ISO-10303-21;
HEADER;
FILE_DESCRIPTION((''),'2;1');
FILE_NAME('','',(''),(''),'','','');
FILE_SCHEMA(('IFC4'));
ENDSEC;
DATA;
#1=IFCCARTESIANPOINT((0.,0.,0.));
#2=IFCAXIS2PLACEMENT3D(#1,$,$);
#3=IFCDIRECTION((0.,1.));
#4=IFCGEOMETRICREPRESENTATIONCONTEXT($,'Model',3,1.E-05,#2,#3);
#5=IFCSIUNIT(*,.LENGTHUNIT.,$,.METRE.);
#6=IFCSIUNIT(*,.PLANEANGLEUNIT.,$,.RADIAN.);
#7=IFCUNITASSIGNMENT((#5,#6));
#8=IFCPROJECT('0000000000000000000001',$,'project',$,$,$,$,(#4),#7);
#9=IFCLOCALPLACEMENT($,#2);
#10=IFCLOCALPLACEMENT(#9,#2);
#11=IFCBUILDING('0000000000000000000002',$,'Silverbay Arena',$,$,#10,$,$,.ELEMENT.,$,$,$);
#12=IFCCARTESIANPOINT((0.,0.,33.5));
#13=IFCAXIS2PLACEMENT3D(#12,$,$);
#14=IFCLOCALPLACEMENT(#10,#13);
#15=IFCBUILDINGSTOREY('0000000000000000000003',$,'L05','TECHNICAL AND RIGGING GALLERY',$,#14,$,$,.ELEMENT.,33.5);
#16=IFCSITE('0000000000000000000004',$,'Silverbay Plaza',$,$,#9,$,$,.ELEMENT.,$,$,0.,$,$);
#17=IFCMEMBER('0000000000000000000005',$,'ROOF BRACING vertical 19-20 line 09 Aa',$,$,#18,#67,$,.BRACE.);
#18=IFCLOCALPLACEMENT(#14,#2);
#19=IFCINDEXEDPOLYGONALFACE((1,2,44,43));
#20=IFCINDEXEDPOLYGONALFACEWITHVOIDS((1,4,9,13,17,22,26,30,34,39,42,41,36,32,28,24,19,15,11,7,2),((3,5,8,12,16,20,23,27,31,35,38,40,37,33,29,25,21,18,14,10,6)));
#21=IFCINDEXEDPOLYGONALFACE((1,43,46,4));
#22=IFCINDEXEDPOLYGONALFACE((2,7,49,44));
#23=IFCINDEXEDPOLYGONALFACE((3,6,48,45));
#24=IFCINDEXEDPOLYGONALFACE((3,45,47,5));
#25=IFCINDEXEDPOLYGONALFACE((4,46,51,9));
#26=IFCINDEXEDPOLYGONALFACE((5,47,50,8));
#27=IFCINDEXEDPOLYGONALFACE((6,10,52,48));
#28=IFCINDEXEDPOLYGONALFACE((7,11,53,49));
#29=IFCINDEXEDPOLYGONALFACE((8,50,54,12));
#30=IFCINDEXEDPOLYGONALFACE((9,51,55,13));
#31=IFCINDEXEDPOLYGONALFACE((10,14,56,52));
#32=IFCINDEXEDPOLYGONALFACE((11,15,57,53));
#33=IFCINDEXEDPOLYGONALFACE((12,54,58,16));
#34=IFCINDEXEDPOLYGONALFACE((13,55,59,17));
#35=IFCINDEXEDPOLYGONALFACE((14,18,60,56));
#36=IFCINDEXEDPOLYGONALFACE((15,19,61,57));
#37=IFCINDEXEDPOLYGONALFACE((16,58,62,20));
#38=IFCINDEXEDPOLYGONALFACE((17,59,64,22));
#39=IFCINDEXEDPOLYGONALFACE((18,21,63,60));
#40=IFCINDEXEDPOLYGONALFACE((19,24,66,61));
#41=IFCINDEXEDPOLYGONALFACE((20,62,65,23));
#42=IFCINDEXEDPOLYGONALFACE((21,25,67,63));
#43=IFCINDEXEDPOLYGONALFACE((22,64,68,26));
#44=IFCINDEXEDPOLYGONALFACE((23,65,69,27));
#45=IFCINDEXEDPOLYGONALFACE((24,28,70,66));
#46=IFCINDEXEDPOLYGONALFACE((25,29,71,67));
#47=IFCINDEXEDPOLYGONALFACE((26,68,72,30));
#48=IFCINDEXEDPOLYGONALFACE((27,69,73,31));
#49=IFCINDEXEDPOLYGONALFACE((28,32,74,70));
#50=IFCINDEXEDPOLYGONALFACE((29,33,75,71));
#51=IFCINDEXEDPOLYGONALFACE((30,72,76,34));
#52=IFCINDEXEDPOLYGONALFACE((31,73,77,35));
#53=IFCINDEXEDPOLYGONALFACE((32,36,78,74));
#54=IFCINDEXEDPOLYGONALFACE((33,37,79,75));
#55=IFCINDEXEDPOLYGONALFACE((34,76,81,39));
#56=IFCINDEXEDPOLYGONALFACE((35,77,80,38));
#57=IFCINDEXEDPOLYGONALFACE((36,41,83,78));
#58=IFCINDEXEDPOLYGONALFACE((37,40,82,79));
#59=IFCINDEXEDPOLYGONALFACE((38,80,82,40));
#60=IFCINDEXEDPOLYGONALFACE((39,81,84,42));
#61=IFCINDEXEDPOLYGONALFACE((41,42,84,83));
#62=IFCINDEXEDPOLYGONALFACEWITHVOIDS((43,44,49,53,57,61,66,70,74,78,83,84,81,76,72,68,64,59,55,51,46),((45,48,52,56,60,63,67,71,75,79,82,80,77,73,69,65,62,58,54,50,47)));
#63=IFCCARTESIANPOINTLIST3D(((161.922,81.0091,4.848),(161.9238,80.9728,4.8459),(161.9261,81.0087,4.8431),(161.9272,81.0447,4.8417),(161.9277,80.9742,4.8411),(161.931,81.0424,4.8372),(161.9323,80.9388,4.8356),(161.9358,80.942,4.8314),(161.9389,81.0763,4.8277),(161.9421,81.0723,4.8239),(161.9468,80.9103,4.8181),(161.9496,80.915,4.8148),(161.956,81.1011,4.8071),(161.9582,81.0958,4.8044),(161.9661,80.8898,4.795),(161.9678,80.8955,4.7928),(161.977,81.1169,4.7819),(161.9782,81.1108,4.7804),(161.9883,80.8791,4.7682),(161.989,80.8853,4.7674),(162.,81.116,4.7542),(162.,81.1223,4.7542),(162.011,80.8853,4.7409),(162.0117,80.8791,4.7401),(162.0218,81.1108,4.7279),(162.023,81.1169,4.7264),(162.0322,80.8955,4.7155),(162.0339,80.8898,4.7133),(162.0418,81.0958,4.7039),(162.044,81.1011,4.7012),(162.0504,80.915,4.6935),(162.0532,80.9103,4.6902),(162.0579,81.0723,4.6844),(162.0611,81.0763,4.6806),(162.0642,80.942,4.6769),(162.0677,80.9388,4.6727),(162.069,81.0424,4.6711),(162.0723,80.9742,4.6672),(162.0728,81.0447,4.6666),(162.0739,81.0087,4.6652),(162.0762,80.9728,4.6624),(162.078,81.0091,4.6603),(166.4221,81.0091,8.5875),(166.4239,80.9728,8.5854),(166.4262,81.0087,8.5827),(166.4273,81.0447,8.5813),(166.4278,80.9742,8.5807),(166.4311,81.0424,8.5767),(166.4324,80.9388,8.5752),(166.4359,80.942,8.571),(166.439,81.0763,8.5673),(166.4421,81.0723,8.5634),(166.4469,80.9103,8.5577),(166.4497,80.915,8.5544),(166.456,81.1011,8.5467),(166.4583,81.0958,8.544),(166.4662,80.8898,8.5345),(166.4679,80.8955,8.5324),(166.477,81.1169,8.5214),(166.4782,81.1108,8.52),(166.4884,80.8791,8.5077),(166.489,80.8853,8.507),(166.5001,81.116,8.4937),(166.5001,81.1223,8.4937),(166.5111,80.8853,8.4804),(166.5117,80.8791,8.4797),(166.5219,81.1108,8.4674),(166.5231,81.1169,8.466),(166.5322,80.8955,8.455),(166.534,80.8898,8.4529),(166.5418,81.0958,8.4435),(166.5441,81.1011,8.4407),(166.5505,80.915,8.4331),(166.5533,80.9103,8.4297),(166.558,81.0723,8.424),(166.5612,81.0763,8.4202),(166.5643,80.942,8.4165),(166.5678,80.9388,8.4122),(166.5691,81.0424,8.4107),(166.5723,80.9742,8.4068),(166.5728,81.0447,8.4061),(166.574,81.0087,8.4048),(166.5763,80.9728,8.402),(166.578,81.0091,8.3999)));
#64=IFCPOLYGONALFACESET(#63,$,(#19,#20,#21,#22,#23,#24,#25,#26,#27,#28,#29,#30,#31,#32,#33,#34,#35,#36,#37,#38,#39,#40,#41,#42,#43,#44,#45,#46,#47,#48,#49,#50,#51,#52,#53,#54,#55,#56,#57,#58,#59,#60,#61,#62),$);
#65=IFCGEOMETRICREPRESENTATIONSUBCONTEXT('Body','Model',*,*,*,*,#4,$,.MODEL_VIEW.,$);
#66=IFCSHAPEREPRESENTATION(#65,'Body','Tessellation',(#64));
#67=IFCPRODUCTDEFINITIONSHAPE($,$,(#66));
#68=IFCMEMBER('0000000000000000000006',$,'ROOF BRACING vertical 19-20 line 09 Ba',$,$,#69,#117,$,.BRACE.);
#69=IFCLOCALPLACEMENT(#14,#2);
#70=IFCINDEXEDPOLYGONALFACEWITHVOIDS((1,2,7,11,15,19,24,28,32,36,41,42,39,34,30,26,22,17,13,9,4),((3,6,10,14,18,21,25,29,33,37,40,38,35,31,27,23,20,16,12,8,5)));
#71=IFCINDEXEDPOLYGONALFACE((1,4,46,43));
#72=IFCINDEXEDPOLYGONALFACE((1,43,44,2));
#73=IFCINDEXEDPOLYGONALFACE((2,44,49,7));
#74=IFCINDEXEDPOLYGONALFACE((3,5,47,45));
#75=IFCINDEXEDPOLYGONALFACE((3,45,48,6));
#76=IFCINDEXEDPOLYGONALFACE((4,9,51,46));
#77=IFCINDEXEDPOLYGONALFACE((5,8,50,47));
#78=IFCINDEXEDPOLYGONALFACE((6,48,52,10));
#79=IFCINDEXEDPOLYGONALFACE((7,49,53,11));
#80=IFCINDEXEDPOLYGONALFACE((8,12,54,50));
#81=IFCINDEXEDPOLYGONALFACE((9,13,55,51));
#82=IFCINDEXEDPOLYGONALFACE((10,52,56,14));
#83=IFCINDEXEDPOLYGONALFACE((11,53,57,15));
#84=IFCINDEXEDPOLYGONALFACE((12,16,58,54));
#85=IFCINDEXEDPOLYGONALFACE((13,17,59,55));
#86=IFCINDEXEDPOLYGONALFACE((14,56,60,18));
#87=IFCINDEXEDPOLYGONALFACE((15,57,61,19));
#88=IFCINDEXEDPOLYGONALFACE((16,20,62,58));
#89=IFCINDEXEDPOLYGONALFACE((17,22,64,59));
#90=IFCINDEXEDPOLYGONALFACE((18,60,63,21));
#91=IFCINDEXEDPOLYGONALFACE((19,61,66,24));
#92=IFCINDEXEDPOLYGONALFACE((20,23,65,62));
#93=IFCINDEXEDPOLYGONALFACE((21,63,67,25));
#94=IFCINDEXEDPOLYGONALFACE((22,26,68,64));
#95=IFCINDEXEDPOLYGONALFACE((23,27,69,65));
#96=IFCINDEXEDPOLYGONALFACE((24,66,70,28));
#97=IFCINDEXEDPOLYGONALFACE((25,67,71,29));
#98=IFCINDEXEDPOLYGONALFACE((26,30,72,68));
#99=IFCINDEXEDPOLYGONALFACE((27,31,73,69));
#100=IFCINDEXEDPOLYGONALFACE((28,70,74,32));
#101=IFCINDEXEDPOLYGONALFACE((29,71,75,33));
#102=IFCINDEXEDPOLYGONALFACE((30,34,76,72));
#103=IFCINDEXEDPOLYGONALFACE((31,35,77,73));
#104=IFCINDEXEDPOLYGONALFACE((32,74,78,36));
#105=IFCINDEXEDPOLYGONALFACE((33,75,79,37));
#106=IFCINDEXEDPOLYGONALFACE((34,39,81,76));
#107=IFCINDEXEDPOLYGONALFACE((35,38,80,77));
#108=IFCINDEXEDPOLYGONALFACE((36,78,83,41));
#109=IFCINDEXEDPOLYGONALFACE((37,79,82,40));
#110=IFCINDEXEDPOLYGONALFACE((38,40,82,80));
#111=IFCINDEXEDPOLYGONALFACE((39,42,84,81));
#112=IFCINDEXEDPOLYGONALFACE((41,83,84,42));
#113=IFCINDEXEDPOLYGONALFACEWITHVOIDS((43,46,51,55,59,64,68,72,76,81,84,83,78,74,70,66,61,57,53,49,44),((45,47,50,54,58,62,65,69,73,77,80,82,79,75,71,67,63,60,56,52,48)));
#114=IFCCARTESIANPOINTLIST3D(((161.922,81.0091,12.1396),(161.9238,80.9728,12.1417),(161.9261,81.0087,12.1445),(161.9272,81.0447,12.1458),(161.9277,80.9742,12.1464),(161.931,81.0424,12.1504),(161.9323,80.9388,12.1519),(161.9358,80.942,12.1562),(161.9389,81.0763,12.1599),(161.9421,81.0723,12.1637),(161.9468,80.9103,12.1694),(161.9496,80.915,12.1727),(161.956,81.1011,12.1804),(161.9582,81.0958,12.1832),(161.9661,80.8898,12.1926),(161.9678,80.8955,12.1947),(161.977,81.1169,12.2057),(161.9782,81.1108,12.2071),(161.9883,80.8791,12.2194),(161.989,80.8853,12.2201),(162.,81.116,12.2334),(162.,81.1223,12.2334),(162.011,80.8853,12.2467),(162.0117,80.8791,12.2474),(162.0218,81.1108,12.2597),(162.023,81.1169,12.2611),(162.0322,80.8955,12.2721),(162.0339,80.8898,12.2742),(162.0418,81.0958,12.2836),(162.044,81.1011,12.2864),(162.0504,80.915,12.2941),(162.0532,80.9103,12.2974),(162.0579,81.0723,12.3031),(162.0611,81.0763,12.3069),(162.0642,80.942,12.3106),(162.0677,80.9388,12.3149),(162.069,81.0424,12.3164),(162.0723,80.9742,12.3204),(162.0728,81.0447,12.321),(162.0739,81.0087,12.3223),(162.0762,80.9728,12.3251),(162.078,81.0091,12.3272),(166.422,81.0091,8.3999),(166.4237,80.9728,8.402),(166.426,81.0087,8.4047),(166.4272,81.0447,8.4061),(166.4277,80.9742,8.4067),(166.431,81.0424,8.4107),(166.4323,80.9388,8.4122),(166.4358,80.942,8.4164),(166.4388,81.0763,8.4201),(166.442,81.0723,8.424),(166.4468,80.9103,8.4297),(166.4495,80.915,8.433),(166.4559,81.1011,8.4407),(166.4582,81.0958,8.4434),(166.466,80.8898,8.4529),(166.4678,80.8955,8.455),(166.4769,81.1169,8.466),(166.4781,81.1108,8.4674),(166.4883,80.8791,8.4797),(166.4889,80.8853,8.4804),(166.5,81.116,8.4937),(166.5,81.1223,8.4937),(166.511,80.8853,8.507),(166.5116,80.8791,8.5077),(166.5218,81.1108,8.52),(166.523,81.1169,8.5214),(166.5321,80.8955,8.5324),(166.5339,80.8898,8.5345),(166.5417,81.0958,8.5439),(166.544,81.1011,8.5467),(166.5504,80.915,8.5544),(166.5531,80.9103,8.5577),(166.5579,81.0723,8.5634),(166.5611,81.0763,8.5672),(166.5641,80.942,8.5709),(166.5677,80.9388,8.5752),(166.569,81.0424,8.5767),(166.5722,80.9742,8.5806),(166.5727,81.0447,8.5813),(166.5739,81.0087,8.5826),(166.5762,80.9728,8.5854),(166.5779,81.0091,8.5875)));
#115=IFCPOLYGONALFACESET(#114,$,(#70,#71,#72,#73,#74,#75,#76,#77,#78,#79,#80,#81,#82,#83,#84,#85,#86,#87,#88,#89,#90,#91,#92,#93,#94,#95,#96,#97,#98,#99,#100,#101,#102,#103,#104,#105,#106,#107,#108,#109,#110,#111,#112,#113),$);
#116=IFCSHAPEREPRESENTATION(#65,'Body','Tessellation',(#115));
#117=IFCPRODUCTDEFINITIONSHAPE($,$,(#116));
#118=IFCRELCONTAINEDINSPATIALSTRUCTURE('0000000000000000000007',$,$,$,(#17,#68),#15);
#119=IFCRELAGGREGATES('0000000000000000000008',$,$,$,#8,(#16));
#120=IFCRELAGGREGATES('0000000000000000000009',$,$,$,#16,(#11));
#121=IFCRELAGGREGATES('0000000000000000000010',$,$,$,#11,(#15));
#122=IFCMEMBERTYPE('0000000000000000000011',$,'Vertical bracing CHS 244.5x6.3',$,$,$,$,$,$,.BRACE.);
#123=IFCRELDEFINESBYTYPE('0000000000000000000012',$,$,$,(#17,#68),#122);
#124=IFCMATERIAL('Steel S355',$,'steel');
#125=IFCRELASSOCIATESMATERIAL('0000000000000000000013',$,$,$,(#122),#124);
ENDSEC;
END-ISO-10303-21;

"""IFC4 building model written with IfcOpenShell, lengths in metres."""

from ifc_helpers import new_model, si_unit, direction, frame, origin, origin_2d, place, context, subcontext, project, spatial, hollow_circle, extrude, material, material_profile, profile_set, type_object, element, save


model = new_model("IFC4")

# Units and contexts
model_context = context("Model", 3, precision=1e-05, world=origin(), true_north=direction((0.0, 1.0)))
body_context = subcontext(model_context, "Body", "Model", "MODEL_VIEW")
ifc_project = project(units=[si_unit("LENGTHUNIT", "METRE"), si_unit("PLANEANGLEUNIT", "RADIAN")], contexts=[model_context])

# Site, building, storey
site_placement = place(None, origin())
site = spatial("IfcSite", under=ifc_project, at=site_placement, Name="Silverbay Plaza", CompositionType="ELEMENT", RefElevation=0.0)
building_placement = place(site_placement, origin())
building = spatial("IfcBuilding", under=site, at=building_placement, Name="Silverbay Arena", CompositionType="ELEMENT")
storey_placement = place(building_placement, frame((0.0, 0.0, 33.5)))
storey = spatial("IfcBuildingStorey", under=building, at=storey_placement, Name="L05", Description="TECHNICAL AND RIGGING GALLERY", CompositionType="ELEMENT", Elevation=33.5)

# Members
ifc_material_1 = material(Name="Steel S355", Category="steel")
ifc_material_profile_1 = material_profile(ifc_material_1, hollow_circle(Radius=0.1223, WallThickness=0.0063, at=origin_2d()), Name="CHS 244.5x6.3")
ifc_profile_set_1 = profile_set([ifc_material_profile_1], Name="Steel S355")
member_type_1 = type_object("IfcMemberType", Name="Vertical bracing CHS 244.5x6.3", PredefinedType="BRACE", material=ifc_profile_set_1)
for number, where, z_axis, x_axis, name in (
    (1, (162.0, 81.0, 4.7542), (0.769103, 0.0, 0.639125), (0.0, 1.0, 0.0), "ROOF BRACING vertical 19-20 line 09 Aa"),
    (2, (162.0, 81.0, 12.2334), (0.769082, 0.0, -0.63915), (0.0, 1.0, 0.0), "ROOF BRACING vertical 19-20 line 09 Ba"),
):
    element("IfcMember", number, at=place(storey_placement, frame(where, z_axis=z_axis, x_axis=x_axis)), inside=storey, type_object=member_type_1, Name=name, PredefinedType="BRACE", context=body_context, shape_type="SweptSolid", body=[
        extrude(hollow_circle(Radius=0.1223, WallThickness=0.0063, at=origin_2d()), origin(), (0.0, 0.0, 1.0), 5.8511),
    ])

save(model, "model.ifc")
